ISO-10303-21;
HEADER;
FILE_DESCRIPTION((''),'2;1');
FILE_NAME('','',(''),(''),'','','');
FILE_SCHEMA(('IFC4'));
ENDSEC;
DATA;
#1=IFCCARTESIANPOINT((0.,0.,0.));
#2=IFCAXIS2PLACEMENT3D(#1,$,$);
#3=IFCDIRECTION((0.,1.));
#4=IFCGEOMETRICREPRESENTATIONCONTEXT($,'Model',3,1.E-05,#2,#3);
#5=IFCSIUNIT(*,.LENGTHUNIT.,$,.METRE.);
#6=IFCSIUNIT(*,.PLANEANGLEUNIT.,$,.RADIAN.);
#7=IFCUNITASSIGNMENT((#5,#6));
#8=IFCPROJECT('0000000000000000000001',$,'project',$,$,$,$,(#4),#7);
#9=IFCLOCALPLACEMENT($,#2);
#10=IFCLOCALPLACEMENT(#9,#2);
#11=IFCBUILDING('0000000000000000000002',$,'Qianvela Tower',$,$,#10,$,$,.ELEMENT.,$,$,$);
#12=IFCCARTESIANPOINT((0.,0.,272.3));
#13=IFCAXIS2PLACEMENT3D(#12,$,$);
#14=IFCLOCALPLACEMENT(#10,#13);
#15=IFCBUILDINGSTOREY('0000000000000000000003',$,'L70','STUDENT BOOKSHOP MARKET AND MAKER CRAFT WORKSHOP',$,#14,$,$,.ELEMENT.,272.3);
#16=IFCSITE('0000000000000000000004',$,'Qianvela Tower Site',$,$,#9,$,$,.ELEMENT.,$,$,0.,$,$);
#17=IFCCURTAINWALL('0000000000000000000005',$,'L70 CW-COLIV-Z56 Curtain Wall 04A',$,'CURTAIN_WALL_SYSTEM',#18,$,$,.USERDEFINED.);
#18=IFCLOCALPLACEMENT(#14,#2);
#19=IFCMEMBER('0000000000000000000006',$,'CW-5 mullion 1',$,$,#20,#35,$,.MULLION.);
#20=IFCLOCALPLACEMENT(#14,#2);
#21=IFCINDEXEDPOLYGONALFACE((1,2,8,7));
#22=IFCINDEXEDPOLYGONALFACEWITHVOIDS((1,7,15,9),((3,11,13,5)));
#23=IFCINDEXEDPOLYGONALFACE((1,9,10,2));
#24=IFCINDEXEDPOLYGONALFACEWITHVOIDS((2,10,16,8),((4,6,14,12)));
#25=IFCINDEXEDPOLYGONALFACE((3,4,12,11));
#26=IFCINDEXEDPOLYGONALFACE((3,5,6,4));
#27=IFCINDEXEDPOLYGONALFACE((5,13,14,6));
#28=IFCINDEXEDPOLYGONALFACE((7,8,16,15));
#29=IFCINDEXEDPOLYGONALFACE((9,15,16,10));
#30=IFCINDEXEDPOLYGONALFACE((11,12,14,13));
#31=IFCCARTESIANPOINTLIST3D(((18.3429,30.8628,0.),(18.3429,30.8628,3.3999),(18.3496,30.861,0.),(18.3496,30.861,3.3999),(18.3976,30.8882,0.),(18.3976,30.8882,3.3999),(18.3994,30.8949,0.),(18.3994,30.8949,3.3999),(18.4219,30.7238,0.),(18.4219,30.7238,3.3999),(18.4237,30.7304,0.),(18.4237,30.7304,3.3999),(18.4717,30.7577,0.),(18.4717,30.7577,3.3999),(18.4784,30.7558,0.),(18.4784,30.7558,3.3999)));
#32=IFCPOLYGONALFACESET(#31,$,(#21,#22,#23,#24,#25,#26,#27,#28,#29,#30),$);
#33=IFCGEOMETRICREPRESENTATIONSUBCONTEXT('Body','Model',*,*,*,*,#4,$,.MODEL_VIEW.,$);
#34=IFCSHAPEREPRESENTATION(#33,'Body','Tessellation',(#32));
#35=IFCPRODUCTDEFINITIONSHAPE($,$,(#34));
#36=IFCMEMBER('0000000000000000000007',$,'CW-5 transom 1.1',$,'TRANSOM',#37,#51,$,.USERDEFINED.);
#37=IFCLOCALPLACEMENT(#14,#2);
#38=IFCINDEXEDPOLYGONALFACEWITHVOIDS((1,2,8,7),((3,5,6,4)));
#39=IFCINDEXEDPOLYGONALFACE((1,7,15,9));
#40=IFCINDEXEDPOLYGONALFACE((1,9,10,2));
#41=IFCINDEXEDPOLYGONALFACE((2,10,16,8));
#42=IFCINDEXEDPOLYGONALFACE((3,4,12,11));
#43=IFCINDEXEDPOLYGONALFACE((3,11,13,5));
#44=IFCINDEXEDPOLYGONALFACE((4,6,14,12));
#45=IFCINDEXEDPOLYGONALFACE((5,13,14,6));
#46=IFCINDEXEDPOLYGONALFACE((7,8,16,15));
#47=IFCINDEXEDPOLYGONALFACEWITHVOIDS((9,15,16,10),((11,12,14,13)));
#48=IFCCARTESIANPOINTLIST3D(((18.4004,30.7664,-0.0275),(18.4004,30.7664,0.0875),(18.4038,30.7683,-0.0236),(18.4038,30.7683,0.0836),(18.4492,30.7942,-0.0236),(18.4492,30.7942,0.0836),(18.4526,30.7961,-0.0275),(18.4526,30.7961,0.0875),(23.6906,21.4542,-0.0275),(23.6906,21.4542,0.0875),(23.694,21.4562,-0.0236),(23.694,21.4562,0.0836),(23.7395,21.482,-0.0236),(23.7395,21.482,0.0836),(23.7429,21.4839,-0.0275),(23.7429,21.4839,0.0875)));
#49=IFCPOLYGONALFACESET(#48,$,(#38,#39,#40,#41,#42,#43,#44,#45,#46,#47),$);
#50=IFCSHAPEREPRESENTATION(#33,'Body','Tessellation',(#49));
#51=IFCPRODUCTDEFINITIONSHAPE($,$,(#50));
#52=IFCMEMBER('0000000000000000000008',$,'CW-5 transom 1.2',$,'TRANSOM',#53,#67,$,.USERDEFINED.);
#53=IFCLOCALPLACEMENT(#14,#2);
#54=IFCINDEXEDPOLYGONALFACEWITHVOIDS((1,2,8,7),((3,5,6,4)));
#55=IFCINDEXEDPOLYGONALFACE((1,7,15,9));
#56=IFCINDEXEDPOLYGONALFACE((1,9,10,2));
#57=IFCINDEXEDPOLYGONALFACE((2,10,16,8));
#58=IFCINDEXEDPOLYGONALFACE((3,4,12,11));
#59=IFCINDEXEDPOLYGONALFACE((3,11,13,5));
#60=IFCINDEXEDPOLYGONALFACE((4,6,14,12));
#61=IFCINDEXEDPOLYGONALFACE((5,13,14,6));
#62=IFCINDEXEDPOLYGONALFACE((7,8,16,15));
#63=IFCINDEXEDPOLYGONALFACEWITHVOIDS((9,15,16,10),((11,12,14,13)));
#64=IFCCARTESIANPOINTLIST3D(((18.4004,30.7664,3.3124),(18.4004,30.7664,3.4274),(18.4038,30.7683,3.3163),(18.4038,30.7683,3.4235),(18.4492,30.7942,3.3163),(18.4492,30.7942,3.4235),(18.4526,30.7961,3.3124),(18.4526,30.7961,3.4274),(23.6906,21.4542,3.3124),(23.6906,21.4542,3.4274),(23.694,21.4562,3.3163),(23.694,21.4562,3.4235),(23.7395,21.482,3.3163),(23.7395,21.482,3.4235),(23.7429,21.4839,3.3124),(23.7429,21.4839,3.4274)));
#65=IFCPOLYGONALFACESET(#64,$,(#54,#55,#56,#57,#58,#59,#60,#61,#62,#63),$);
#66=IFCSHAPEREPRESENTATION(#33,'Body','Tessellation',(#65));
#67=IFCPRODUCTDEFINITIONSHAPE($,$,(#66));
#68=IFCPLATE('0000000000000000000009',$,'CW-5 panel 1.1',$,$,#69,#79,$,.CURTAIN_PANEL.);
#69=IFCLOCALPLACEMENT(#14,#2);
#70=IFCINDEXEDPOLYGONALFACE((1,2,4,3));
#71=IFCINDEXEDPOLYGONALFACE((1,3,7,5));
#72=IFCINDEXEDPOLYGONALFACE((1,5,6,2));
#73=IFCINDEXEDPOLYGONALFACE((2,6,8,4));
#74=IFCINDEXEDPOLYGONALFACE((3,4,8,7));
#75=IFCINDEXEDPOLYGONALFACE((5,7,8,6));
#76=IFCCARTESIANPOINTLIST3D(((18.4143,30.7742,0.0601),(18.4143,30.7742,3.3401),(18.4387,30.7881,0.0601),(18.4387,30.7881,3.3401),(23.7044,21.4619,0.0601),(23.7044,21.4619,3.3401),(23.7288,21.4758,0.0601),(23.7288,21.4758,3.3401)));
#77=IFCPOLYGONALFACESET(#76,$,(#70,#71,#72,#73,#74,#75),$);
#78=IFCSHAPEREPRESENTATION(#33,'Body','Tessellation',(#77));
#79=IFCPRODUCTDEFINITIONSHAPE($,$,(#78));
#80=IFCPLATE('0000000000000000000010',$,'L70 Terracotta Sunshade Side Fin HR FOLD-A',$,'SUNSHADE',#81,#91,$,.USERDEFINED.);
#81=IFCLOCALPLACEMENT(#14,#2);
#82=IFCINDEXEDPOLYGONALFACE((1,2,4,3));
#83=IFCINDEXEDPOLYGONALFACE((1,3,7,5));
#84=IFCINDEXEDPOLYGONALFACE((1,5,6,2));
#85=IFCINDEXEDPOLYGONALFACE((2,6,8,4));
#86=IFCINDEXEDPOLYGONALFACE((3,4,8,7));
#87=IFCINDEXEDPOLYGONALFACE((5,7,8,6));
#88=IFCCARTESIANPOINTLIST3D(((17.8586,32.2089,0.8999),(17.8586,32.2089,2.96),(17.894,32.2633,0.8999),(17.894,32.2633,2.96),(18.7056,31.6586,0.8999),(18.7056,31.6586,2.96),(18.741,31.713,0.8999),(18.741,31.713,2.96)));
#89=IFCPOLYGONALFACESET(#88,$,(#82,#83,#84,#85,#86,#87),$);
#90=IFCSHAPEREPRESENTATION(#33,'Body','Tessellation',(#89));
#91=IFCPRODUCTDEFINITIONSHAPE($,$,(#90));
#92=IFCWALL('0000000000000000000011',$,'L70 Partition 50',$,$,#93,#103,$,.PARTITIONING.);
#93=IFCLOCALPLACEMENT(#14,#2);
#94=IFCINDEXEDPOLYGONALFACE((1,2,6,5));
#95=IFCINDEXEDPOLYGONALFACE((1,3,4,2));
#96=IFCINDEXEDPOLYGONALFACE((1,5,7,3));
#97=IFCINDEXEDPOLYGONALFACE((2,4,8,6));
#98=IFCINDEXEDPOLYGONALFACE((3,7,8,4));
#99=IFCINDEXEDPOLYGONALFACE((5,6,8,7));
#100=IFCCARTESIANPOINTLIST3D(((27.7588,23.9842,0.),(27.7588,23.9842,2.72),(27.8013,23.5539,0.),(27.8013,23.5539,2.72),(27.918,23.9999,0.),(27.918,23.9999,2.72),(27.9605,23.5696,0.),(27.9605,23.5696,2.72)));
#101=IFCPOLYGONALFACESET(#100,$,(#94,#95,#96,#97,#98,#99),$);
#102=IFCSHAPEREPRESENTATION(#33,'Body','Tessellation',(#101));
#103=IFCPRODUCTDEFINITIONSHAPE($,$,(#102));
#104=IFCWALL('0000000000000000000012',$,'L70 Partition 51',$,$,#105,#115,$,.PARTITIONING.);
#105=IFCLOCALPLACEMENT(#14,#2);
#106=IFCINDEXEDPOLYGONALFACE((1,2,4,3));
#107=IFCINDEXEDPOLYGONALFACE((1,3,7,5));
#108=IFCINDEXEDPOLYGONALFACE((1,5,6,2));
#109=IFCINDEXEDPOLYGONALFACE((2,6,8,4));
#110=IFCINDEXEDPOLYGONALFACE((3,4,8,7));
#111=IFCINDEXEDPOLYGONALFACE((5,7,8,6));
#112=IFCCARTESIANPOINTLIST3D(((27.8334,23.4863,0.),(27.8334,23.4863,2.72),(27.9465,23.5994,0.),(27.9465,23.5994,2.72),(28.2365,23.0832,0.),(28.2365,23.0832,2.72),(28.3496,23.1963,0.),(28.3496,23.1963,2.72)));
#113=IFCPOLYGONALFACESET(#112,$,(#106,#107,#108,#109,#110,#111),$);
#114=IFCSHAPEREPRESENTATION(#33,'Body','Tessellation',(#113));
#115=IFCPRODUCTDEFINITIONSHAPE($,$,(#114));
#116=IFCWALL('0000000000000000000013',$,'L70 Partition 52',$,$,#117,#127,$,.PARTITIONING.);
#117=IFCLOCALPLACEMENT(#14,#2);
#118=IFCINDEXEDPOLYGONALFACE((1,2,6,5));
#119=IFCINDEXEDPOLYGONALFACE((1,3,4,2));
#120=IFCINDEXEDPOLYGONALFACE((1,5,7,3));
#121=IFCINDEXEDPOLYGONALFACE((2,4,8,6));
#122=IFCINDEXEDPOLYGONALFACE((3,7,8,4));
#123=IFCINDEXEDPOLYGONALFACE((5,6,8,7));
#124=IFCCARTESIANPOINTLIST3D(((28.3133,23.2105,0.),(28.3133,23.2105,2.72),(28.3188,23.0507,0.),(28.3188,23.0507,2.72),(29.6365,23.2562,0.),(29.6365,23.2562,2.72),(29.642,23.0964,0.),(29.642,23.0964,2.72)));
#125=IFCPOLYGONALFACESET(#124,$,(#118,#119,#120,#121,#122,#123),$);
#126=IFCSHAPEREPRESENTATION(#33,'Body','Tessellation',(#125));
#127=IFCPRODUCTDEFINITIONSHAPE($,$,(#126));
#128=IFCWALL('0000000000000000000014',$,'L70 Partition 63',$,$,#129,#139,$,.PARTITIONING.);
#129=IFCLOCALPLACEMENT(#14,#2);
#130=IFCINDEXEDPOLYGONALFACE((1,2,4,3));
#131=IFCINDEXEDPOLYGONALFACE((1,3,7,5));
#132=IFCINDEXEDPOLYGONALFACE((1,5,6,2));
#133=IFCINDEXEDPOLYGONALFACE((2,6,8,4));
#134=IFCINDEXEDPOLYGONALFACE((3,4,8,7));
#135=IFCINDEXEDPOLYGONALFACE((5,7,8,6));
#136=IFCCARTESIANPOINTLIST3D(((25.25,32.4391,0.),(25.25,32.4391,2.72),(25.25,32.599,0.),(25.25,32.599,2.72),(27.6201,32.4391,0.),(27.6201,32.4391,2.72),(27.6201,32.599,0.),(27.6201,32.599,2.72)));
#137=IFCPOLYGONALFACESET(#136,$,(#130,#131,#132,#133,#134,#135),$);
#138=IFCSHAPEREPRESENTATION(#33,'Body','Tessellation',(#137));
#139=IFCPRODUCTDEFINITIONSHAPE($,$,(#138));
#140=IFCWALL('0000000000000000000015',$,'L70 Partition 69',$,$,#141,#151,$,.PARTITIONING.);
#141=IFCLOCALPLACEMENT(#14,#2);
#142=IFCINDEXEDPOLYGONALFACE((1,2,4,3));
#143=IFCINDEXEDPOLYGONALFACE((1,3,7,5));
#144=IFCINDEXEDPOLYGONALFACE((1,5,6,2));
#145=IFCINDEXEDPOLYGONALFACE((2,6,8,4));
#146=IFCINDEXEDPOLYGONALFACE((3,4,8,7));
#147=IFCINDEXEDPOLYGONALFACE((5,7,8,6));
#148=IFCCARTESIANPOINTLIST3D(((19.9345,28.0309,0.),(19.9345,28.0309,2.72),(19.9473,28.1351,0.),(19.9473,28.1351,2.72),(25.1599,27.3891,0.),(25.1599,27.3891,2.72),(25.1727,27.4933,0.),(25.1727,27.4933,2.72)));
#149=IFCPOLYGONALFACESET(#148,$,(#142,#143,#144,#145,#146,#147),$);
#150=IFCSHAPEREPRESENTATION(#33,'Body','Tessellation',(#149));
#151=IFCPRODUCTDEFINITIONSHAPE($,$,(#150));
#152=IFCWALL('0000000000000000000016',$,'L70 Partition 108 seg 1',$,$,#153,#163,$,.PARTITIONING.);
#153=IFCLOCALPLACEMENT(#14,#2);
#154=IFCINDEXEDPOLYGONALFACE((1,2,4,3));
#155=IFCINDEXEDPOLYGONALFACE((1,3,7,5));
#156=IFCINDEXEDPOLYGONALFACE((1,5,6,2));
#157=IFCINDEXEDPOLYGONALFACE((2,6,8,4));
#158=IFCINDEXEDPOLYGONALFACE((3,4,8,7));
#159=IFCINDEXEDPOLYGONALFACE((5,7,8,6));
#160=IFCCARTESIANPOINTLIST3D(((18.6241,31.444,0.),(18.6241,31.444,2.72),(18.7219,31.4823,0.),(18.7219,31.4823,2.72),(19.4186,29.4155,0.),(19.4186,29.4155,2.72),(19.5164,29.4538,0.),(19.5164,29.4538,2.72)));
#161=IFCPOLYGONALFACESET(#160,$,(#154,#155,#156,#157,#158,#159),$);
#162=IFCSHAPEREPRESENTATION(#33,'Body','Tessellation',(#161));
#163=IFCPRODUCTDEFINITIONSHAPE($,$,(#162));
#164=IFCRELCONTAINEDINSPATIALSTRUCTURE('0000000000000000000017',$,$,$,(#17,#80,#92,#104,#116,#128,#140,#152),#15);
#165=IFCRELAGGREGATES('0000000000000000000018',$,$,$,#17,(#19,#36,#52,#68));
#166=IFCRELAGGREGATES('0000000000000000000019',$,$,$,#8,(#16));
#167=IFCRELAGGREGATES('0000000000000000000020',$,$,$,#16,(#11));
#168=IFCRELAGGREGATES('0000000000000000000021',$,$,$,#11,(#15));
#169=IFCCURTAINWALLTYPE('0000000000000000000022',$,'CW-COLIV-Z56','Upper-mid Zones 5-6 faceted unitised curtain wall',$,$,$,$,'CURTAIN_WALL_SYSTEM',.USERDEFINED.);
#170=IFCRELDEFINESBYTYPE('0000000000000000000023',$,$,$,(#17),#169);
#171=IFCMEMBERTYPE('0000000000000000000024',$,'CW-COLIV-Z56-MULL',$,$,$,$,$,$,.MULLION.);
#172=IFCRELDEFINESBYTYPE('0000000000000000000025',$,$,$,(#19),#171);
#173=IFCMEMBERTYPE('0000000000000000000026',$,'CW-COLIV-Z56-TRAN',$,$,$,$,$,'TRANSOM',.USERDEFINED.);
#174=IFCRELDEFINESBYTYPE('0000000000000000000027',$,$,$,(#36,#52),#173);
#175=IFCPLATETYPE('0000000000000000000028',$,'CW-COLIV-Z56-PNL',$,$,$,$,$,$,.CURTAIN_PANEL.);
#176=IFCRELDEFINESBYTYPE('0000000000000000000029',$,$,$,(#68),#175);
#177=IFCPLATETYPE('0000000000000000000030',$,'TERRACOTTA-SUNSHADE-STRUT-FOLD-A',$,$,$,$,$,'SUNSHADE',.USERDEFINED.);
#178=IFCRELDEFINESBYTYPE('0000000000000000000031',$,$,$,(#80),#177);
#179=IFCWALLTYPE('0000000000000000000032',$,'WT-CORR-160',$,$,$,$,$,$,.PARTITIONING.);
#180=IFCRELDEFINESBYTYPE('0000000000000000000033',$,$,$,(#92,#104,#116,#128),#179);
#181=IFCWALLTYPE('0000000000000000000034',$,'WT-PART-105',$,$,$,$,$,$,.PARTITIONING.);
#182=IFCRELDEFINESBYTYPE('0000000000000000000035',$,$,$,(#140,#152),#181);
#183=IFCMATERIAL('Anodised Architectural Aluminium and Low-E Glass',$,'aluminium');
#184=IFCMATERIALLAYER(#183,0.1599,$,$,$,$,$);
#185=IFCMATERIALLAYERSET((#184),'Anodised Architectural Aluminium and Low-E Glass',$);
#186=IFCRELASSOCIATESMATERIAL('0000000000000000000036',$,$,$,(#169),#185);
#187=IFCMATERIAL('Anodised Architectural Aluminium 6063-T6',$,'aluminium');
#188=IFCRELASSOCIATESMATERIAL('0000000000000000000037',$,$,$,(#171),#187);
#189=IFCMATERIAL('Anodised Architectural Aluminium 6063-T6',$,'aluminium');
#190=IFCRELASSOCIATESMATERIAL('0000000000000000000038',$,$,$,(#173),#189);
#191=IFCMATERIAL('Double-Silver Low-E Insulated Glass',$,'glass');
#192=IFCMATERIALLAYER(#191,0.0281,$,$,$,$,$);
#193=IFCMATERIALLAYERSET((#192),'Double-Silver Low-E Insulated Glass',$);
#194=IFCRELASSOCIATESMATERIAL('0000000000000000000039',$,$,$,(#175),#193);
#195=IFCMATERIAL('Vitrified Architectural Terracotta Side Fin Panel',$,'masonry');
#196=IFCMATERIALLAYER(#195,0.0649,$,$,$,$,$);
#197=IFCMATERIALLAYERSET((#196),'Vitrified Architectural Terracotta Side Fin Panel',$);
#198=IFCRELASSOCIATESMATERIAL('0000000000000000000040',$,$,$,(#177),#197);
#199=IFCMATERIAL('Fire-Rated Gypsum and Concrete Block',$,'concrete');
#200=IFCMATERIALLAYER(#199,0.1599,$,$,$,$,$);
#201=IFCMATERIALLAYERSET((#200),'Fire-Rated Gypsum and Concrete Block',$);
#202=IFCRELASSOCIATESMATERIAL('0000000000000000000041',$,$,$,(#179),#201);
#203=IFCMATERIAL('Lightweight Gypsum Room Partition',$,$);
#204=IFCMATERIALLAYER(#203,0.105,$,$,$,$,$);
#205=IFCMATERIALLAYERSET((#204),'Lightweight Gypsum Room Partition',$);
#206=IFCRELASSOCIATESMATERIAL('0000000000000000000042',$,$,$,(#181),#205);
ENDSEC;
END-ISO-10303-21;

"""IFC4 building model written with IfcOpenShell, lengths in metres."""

from ifc_helpers import new_model, si_unit, direction, frame, frame_2d, origin, origin_2d, place, context, subcontext, project, spatial, rectangle, hollow_rectangle, extrude, material, layer, layer_set, material_profile, profile_set, type_object, element, aggregate, save


model = new_model("IFC4")

# Units and contexts
model_context = context("Model", 3, precision=1e-05, world=origin(), true_north=direction((0.0, 1.0)))
body_context = subcontext(model_context, "Body", "Model", "MODEL_VIEW")
ifc_project = project(units=[si_unit("LENGTHUNIT", "METRE"), si_unit("PLANEANGLEUNIT", "RADIAN")], contexts=[model_context])

# Site, building, storey
site_placement = place(None, origin())
site = spatial("IfcSite", under=ifc_project, at=site_placement, Name="Qianvela Tower Site", CompositionType="ELEMENT", RefElevation=0.0)
building_placement = place(site_placement, origin())
building = spatial("IfcBuilding", under=site, at=building_placement, Name="Qianvela Tower", CompositionType="ELEMENT")
storey_placement = place(building_placement, frame((0.0, 0.0, 272.3)))
storey = spatial("IfcBuildingStorey", under=building, at=storey_placement, Name="L70", Description="STUDENT BOOKSHOP MARKET AND MAKER CRAFT WORKSHOP", CompositionType="ELEMENT", Elevation=272.3)

# Curtain wall, members, plate
ifc_material_1 = material(Name="Anodised Architectural Aluminium and Low-E Glass", Category="aluminium")
ifc_layer_1 = layer(ifc_material_1, 0.1599)
ifc_layer_set_1 = layer_set([ifc_layer_1], Name="Anodised Architectural Aluminium and Low-E Glass")
curtain_wall_type = type_object("IfcCurtainWallType", Name="CW-COLIV-Z56", Description="Upper-mid Zones 5-6 faceted unitised curtain wall", ElementType="CURTAIN_WALL_SYSTEM", PredefinedType="USERDEFINED", material=ifc_layer_set_1)
curtain_wall_placement = place(storey_placement, origin())
curtain_wall = element("IfcCurtainWall", 1, at=curtain_wall_placement, inside=storey, type_object=curtain_wall_type, Name="L70 CW-COLIV-Z56 Curtain Wall 04A", ObjectType="CURTAIN_WALL_SYSTEM", PredefinedType="USERDEFINED")
ifc_material_2 = material(Name="Anodised Architectural Aluminium 6063-T6", Category="aluminium")
ifc_material_profile_1 = material_profile(ifc_material_2, hollow_rectangle(XDim=0.0649, YDim=0.1599, WallThickness=0.0049, at=origin_2d()), Name="ALU-MULL-65x160")
ifc_profile_set_1 = profile_set([ifc_material_profile_1], Name="Anodised Architectural Aluminium 6063-T6")
member_type_1 = type_object("IfcMemberType", Name="CW-COLIV-Z56-MULL", PredefinedType="MULLION", material=ifc_profile_set_1)
member_1_placement = place(storey_placement, frame((18.4106, 30.8093, 0.0), z_axis=(0.0, 0.0, 1.0), x_axis=(0.869496, 0.493941, 0.0)))
member_1 = element("IfcMember", 2, at=member_1_placement, type_object=member_type_1, Name="CW-5 mullion 1", PredefinedType="MULLION", context=body_context, shape_type="SweptSolid", body=[
    extrude(hollow_rectangle(XDim=0.0649, YDim=0.1599, WallThickness=0.0049, at=origin_2d()), origin(), (0.0, 0.0, 1.0), 3.3999),
])
ifc_material_3 = material(Name="Anodised Architectural Aluminium 6063-T6", Category="aluminium")
ifc_material_profile_2 = material_profile(ifc_material_3, hollow_rectangle(XDim=0.0601, YDim=0.115, WallThickness=0.0039, at=origin_2d()), Name="ALU-TRAN-60x115")
ifc_profile_set_2 = profile_set([ifc_material_profile_2], Name="Anodised Architectural Aluminium 6063-T6")
member_type_2 = type_object("IfcMemberType", Name="CW-COLIV-Z56-TRAN", ElementType="TRANSOM", PredefinedType="USERDEFINED", material=ifc_profile_set_2)
member_2_placement = place(storey_placement, frame((18.4265, 30.7812, 0.03), z_axis=(0.493955, -0.869487, 0.0), x_axis=(0.869487, 0.493955, 0.0)))
member_2 = element("IfcMember", 3, at=member_2_placement, type_object=member_type_2, Name="CW-5 transom 1.1", ObjectType="TRANSOM", PredefinedType="USERDEFINED", context=body_context, shape_type="SweptSolid", body=[
    extrude(hollow_rectangle(XDim=0.0601, YDim=0.115, WallThickness=0.0039, at=origin_2d()), origin(), (0.0, 0.0, 1.0), 10.71),
])
member_3_placement = place(storey_placement, frame((18.4265, 30.7812, 3.3699), z_axis=(0.493955, -0.869487, 0.0), x_axis=(0.869487, 0.493955, 0.0)))
member_3 = element("IfcMember", 4, at=member_3_placement, type_object=member_type_2, Name="CW-5 transom 1.2", ObjectType="TRANSOM", PredefinedType="USERDEFINED", context=body_context, shape_type="SweptSolid", body=[
    extrude(hollow_rectangle(XDim=0.0601, YDim=0.115, WallThickness=0.0039, at=origin_2d()), origin(), (0.0, 0.0, 1.0), 10.71),
])
ifc_material_4 = material(Name="Double-Silver Low-E Insulated Glass", Category="glass")
ifc_layer_2 = layer(ifc_material_4, 0.0281)
ifc_layer_set_2 = layer_set([ifc_layer_2], Name="Double-Silver Low-E Insulated Glass")
plate_type_1 = type_object("IfcPlateType", Name="CW-COLIV-Z56-PNL", PredefinedType="CURTAIN_PANEL", material=ifc_layer_set_2)
plate_1_placement = place(storey_placement, frame((21.0715, 26.125, 0.0601), z_axis=(0.0, 0.0, 1.0), x_axis=(0.493941, -0.869496, 0.0)))
plate_1 = element("IfcPlate", 5, at=plate_1_placement, type_object=plate_type_1, Name="CW-5 panel 1.1", PredefinedType="CURTAIN_PANEL", context=body_context, shape_type="SweptSolid", body=[
    extrude(rectangle(XDim=10.71, YDim=0.0281, at=origin_2d()), origin(), (0.0, 0.0, 1.0), 3.28),
])
aggregate(curtain_wall, [member_1, member_2, member_3, plate_1])

# Plate
ifc_material_5 = material(Name="Vitrified Architectural Terracotta Side Fin Panel", Category="masonry")
ifc_layer_3 = layer(ifc_material_5, 0.0649)
ifc_layer_set_3 = layer_set([ifc_layer_3], Name="Vitrified Architectural Terracotta Side Fin Panel")
plate_type_2 = type_object("IfcPlateType", Name="TERRACOTTA-SUNSHADE-STRUT-FOLD-A", ElementType="SUNSHADE", PredefinedType="USERDEFINED", material=ifc_layer_set_3)
plate_2_placement = place(storey_placement, frame((18.2998, 31.9609, 0.8999), z_axis=(0.0, 0.0, 1.0), x_axis=(-0.544841, -0.838539, 0.0)))
element("IfcPlate", 6, at=plate_2_placement, inside=storey, type_object=plate_type_2, Name="L70 Terracotta Sunshade Side Fin HR FOLD-A", ObjectType="SUNSHADE", PredefinedType="USERDEFINED", context=body_context, shape_type="SweptSolid", body=[
    extrude(rectangle(XDim=0.0649, YDim=1.01, at=origin_2d()), origin(), (0.0, 0.0, 1.0), 2.0601),
])

# Walls
ifc_material_6 = material(Name="Fire-Rated Gypsum and Concrete Block", Category="concrete")
ifc_layer_4 = layer(ifc_material_6, 0.1599)
ifc_layer_set_4 = layer_set([ifc_layer_4], Name="Fire-Rated Gypsum and Concrete Block")
wall_type_1 = type_object("IfcWallType", Name="WT-CORR-160", PredefinedType="PARTITIONING", material=ifc_layer_set_4)
wall_1_placement = place(storey_placement, frame((27.8384, 23.9922, 0.0), z_axis=(0.0, 0.0, 1.0), x_axis=(0.098273, -0.995159, 0.0)))
element("IfcWall", 7, at=wall_1_placement, inside=storey, type_object=wall_type_1, Name="L70 Partition 50", PredefinedType="PARTITIONING", context=body_context, shape_type="SweptSolid", body=[
    extrude(rectangle(XDim=0.4324, YDim=0.1599, at=frame_2d((0.2163, 0.0))), origin(), (0.0, 0.0, 1.0), 2.72),
])
wall_2_placement = place(storey_placement, frame((27.8899, 23.543, 0.0), z_axis=(0.0, 0.0, 1.0), x_axis=(0.707107, -0.707107, 0.0)))
element("IfcWall", 8, at=wall_2_placement, inside=storey, type_object=wall_type_1, Name="L70 Partition 51", PredefinedType="PARTITIONING", context=body_context, shape_type="SweptSolid", body=[
    extrude(rectangle(XDim=0.5701, YDim=0.1599, at=frame_2d((0.2852, 0.0))), origin(), (0.0, 0.0, 1.0), 2.72),
])
wall_3_placement = place(storey_placement, frame((28.3159, 23.1306, 0.0), z_axis=(0.0, 0.0, 1.0), x_axis=(0.999405, 0.034481, 0.0)))
element("IfcWall", 9, at=wall_3_placement, inside=storey, type_object=wall_type_1, Name="L70 Partition 52", PredefinedType="PARTITIONING", context=body_context, shape_type="SweptSolid", body=[
    extrude(rectangle(XDim=1.324, YDim=0.1599, at=frame_2d((0.6621, 0.0))), origin(), (0.0, 0.0, 1.0), 2.72),
])
wall_4_placement = place(storey_placement, frame((25.25, 32.519, 0.0), z_axis=(0.0, 0.0, 1.0), x_axis=(1.0, 0.0, 0.0)))
element("IfcWall", 10, at=wall_4_placement, inside=storey, type_object=wall_type_1, Name="L70 Partition 63", PredefinedType="PARTITIONING", context=body_context, shape_type="SweptSolid", body=[
    extrude(rectangle(XDim=2.3701, YDim=0.1599, at=frame_2d((1.1851, 0.0))), origin(), (0.0, 0.0, 1.0), 2.72),
])
ifc_material_7 = material(Name="Lightweight Gypsum Room Partition")
ifc_layer_5 = layer(ifc_material_7, 0.105)
ifc_layer_set_5 = layer_set([ifc_layer_5], Name="Lightweight Gypsum Room Partition")
wall_type_2 = type_object("IfcWallType", Name="WT-PART-105", PredefinedType="PARTITIONING", material=ifc_layer_set_5)
wall_5_placement = place(storey_placement, frame((19.9409, 28.083, 0.0), z_axis=(0.0, 0.0, 1.0), x_axis=(0.99254, -0.121917, 0.0)))
element("IfcWall", 11, at=wall_5_placement, inside=storey, type_object=wall_type_2, Name="L70 Partition 69", PredefinedType="PARTITIONING", context=body_context, shape_type="SweptSolid", body=[
    extrude(rectangle(XDim=5.2646, YDim=0.105, at=frame_2d((2.6323, 0.0))), origin(), (0.0, 0.0, 1.0), 2.72),
])
wall_6_placement = place(storey_placement, frame((19.4675, 29.4346, 0.0), z_axis=(0.0, 0.0, 1.0), x_axis=(-0.364695, 0.931127, 0.0)))
element("IfcWall", 12, at=wall_6_placement, inside=storey, type_object=wall_type_2, Name="L70 Partition 108 seg 1", PredefinedType="PARTITIONING", context=body_context, shape_type="SweptSolid", body=[
    extrude(rectangle(XDim=2.1785, YDim=0.105, at=frame_2d((1.0894, 0.0))), origin(), (0.0, 0.0, 1.0), 2.72),
])

save(model, "model.ifc")
